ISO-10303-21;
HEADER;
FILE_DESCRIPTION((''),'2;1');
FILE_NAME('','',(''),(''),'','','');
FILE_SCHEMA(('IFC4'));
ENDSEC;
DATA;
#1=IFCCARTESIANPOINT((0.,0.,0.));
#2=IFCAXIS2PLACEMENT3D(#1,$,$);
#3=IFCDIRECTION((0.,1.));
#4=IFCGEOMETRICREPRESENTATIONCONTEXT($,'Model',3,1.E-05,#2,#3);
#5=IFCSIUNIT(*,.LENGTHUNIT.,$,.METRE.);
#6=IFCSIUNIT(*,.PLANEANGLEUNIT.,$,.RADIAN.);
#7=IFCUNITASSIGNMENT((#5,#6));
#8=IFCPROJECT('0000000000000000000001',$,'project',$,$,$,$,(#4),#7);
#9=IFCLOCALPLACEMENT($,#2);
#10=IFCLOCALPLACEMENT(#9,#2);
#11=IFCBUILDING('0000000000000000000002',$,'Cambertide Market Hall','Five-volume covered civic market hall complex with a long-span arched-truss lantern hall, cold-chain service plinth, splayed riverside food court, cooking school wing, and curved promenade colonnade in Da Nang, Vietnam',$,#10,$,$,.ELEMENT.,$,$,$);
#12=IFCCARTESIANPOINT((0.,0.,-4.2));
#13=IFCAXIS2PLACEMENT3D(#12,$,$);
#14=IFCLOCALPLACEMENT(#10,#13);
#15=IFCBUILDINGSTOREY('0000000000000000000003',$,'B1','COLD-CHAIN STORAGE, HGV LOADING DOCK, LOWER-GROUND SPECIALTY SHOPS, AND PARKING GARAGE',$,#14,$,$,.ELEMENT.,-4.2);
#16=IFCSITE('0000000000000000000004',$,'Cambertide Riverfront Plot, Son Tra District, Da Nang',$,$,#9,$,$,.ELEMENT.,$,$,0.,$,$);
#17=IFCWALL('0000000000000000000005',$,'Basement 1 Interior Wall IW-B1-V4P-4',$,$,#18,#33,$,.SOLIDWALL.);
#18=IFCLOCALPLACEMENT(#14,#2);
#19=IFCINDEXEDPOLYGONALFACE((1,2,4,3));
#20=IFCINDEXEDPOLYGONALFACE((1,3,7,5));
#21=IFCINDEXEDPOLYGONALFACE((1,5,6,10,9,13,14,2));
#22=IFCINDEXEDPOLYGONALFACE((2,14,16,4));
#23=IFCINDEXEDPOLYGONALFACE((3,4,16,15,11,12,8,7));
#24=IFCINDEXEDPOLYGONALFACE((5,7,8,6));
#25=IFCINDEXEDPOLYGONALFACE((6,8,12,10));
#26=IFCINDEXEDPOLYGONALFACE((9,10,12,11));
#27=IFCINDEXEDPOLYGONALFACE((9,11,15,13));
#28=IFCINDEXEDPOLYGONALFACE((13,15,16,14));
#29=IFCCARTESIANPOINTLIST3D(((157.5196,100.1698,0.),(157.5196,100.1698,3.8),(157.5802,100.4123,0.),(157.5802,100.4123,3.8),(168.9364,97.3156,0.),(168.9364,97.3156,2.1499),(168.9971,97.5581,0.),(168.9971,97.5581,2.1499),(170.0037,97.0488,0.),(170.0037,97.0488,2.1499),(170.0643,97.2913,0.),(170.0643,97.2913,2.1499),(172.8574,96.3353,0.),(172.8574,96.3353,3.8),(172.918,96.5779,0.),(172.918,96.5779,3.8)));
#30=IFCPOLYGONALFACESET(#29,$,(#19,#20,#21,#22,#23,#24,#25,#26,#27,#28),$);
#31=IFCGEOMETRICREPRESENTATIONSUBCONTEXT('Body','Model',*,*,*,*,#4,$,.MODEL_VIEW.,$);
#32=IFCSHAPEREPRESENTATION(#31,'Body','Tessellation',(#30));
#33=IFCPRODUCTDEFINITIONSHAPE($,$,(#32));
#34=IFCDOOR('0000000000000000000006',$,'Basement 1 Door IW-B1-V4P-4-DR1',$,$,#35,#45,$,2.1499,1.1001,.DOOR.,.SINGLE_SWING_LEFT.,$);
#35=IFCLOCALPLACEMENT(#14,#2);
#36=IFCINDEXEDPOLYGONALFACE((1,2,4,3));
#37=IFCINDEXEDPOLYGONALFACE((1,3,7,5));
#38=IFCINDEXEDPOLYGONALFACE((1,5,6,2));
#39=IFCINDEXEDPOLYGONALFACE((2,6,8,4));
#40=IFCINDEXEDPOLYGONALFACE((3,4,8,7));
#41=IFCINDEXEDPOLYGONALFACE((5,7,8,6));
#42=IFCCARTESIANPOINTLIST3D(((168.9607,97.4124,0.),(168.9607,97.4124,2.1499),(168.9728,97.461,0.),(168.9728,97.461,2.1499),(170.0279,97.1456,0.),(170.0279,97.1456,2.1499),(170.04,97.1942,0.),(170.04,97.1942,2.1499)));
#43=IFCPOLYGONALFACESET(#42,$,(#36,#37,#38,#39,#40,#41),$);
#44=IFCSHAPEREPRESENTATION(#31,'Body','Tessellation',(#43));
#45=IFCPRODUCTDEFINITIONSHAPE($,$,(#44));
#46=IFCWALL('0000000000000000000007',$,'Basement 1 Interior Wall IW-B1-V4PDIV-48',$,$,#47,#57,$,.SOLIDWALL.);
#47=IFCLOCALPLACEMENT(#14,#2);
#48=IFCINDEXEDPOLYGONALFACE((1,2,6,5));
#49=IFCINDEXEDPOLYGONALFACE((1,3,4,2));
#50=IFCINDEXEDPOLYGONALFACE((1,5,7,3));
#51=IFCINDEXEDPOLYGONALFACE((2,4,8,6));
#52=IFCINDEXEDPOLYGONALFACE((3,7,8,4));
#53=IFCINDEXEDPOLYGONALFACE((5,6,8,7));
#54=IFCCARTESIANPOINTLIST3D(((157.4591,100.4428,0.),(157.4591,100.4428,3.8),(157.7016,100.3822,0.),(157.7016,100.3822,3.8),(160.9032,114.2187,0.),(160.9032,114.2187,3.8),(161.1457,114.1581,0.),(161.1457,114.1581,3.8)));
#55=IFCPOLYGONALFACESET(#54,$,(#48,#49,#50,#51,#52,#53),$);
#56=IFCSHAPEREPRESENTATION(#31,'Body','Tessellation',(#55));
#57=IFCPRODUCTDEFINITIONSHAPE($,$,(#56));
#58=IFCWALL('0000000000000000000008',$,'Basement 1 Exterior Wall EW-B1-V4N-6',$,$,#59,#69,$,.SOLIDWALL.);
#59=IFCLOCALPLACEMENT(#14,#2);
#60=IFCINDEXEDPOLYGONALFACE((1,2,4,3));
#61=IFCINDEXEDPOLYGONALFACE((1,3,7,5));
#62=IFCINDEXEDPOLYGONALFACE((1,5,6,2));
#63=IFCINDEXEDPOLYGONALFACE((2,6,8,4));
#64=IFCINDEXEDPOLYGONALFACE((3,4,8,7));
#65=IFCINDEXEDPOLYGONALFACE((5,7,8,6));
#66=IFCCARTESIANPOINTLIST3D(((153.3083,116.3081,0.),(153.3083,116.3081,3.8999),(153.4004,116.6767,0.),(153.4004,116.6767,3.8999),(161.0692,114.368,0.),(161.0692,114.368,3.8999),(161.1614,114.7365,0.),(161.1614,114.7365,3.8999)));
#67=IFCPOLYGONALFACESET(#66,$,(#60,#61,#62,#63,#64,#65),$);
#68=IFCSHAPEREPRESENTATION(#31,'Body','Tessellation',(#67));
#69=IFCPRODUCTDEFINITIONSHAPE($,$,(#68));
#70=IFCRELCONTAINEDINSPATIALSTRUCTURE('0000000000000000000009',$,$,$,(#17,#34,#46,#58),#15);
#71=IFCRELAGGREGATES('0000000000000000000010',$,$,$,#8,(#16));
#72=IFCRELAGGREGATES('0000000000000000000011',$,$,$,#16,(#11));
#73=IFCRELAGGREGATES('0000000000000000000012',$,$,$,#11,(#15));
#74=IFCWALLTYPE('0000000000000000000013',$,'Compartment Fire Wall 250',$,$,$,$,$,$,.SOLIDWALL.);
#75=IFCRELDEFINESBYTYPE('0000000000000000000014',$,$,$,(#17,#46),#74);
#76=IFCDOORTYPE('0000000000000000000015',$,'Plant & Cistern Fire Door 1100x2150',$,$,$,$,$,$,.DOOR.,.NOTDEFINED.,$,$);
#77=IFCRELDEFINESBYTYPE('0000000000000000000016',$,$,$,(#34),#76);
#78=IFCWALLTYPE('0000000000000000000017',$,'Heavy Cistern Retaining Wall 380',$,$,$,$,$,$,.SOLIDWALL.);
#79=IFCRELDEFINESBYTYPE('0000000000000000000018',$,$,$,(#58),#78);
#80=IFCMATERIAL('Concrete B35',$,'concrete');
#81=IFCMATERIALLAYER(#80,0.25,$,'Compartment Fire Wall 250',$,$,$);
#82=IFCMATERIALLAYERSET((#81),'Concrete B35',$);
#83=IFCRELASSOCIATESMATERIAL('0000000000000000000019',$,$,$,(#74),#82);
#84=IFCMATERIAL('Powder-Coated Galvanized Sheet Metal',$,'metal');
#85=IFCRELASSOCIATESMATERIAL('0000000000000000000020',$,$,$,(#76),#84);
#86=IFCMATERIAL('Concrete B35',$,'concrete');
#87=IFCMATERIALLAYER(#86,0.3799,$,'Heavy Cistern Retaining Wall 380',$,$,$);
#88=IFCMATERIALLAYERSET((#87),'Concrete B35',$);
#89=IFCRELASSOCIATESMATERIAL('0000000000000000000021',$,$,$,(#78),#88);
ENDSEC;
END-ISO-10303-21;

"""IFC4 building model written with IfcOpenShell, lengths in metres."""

from ifc_helpers import new_model, si_unit, direction, frame, frame_2d, origin, place, context, subcontext, project, spatial, rectangle, extrude, material, layer, layer_set, type_object, element, fill, save


model = new_model("IFC4")

# Units and contexts
model_context = context("Model", 3, precision=1e-05, world=origin(), true_north=direction((0.0, 1.0)))
body_context = subcontext(model_context, "Body", "Model", "MODEL_VIEW")
ifc_project = project(units=[si_unit("LENGTHUNIT", "METRE"), si_unit("PLANEANGLEUNIT", "RADIAN")], contexts=[model_context])

# Site, building, storey
site_placement = place(None, origin())
site = spatial("IfcSite", under=ifc_project, at=site_placement, Name="Cambertide Riverfront Plot, Son Tra District, Da Nang", CompositionType="ELEMENT", RefElevation=0.0)
building_placement = place(site_placement, origin())
building = spatial("IfcBuilding", under=site, at=building_placement, Name="Cambertide Market Hall", Description="Five-volume covered civic market hall complex with a long-span arched-truss lantern hall, cold-chain service plinth, splayed riverside food court, cooking school wing, and curved promenade colonnade in Da Nang, Vietnam", CompositionType="ELEMENT")
storey_placement = place(building_placement, frame((0.0, 0.0, -4.2)))
storey = spatial("IfcBuildingStorey", under=building, at=storey_placement, Name="B1", Description="COLD-CHAIN STORAGE, HGV LOADING DOCK, LOWER-GROUND SPECIALTY SHOPS, AND PARKING GARAGE", CompositionType="ELEMENT", Elevation=-4.2)

# Wall, opening, door
ifc_material_1 = material(Name="Concrete B35", Category="concrete")
ifc_layer_1 = layer(ifc_material_1, 0.25, Name="Compartment Fire Wall 250")
ifc_layer_set_1 = layer_set([ifc_layer_1], Name="Concrete B35")
wall_type_1 = type_object("IfcWallType", Name="Compartment Fire Wall 250", PredefinedType="SOLIDWALL", material=ifc_layer_set_1)
wall_1_placement = place(storey_placement, frame((157.55, 100.291, 0.0), z_axis=(0.0, 0.0, 1.0), x_axis=(0.970143, -0.242536, 0.0)))
wall_1 = element("IfcWall", 1, at=wall_1_placement, inside=storey, type_object=wall_type_1, Name="Basement 1 Interior Wall IW-B1-V4P-4", PredefinedType="SOLIDWALL", context=body_context, shape_type="SweptSolid", body=[
    extrude(rectangle(XDim=15.8098, YDim=0.25, at=frame_2d((7.9048, 0.0))), origin(), (0.0, 0.0, 1.0), 3.8),
])
opening_placement = place(wall_1_placement, frame((11.7681, 0.0, 0.0)))
opening = element("IfcOpeningElement", 2, at=opening_placement, cuts=wall_1, PredefinedType="OPENING", context=body_context, shape_type="SweptSolid", body=[
    extrude(rectangle(XDim=1.1001, YDim=2.1499, at=frame_2d((0.55, 1.075))), frame((0.0, 0.135, 0.0), z_axis=(0.0, -1.0, 0.0), x_axis=(1.0, 0.0, 0.0)), (0.0, 0.0, 1.0), 0.27),
])
ifc_material_2 = material(Name="Powder-Coated Galvanized Sheet Metal", Category="metal")
door_type = type_object("IfcDoorType", Name="Plant & Cistern Fire Door 1100x2150", OperationType="NOTDEFINED", PredefinedType="DOOR", material=ifc_material_2)
door_placement = place(opening_placement, origin())
door = element("IfcDoor", 3, at=door_placement, inside=storey, type_object=door_type, Name="Basement 1 Door IW-B1-V4P-4-DR1", OperationType="SINGLE_SWING_LEFT", OverallHeight=2.1499, OverallWidth=1.1001, PredefinedType="DOOR", context=body_context, shape_type="SweptSolid", body=[
    extrude(rectangle(XDim=1.1001, YDim=2.1499, at=frame_2d((0.55, 1.075))), frame((0.0, 0.0249, 0.0), z_axis=(0.0, -1.0, 0.0), x_axis=(1.0, 0.0, 0.0)), (0.0, 0.0, 1.0), 0.05),
])
fill(opening, door)

# Walls
wall_2_placement = place(storey_placement, frame((157.5803, 100.4124, 0.0), z_axis=(0.0, 0.0, 1.0), x_axis=(0.242544, 0.97014, 0.0)))
element("IfcWall", 4, at=wall_2_placement, inside=storey, type_object=wall_type_1, Name="Basement 1 Interior Wall IW-B1-V4PDIV-48", PredefinedType="SOLIDWALL", context=body_context, shape_type="SweptSolid", body=[
    extrude(rectangle(XDim=14.2, YDim=0.25, at=frame_2d((7.1001, 0.0))), origin(), (0.0, 0.0, 1.0), 3.8),
])
ifc_material_3 = material(Name="Concrete B35", Category="concrete")
ifc_layer_2 = layer(ifc_material_3, 0.3799, Name="Heavy Cistern Retaining Wall 380")
ifc_layer_set_2 = layer_set([ifc_layer_2], Name="Concrete B35")
wall_type_2 = type_object("IfcWallType", Name="Heavy Cistern Retaining Wall 380", PredefinedType="SOLIDWALL", material=ifc_layer_set_2)
wall_3_placement = place(storey_placement, frame((153.3542, 116.4924, 0.0), z_axis=(0.0, 0.0, 1.0), x_axis=(0.970144, -0.242528, 0.0)))
element("IfcWall", 5, at=wall_3_placement, inside=storey, type_object=wall_type_2, Name="Basement 1 Exterior Wall EW-B1-V4N-6", PredefinedType="SOLIDWALL", context=body_context, shape_type="SweptSolid", body=[
    extrude(rectangle(XDim=7.9998, YDim=0.3799, at=frame_2d((4.0, 0.0))), origin(), (0.0, 0.0, 1.0), 3.8999),
])

save(model, "model.ifc")
